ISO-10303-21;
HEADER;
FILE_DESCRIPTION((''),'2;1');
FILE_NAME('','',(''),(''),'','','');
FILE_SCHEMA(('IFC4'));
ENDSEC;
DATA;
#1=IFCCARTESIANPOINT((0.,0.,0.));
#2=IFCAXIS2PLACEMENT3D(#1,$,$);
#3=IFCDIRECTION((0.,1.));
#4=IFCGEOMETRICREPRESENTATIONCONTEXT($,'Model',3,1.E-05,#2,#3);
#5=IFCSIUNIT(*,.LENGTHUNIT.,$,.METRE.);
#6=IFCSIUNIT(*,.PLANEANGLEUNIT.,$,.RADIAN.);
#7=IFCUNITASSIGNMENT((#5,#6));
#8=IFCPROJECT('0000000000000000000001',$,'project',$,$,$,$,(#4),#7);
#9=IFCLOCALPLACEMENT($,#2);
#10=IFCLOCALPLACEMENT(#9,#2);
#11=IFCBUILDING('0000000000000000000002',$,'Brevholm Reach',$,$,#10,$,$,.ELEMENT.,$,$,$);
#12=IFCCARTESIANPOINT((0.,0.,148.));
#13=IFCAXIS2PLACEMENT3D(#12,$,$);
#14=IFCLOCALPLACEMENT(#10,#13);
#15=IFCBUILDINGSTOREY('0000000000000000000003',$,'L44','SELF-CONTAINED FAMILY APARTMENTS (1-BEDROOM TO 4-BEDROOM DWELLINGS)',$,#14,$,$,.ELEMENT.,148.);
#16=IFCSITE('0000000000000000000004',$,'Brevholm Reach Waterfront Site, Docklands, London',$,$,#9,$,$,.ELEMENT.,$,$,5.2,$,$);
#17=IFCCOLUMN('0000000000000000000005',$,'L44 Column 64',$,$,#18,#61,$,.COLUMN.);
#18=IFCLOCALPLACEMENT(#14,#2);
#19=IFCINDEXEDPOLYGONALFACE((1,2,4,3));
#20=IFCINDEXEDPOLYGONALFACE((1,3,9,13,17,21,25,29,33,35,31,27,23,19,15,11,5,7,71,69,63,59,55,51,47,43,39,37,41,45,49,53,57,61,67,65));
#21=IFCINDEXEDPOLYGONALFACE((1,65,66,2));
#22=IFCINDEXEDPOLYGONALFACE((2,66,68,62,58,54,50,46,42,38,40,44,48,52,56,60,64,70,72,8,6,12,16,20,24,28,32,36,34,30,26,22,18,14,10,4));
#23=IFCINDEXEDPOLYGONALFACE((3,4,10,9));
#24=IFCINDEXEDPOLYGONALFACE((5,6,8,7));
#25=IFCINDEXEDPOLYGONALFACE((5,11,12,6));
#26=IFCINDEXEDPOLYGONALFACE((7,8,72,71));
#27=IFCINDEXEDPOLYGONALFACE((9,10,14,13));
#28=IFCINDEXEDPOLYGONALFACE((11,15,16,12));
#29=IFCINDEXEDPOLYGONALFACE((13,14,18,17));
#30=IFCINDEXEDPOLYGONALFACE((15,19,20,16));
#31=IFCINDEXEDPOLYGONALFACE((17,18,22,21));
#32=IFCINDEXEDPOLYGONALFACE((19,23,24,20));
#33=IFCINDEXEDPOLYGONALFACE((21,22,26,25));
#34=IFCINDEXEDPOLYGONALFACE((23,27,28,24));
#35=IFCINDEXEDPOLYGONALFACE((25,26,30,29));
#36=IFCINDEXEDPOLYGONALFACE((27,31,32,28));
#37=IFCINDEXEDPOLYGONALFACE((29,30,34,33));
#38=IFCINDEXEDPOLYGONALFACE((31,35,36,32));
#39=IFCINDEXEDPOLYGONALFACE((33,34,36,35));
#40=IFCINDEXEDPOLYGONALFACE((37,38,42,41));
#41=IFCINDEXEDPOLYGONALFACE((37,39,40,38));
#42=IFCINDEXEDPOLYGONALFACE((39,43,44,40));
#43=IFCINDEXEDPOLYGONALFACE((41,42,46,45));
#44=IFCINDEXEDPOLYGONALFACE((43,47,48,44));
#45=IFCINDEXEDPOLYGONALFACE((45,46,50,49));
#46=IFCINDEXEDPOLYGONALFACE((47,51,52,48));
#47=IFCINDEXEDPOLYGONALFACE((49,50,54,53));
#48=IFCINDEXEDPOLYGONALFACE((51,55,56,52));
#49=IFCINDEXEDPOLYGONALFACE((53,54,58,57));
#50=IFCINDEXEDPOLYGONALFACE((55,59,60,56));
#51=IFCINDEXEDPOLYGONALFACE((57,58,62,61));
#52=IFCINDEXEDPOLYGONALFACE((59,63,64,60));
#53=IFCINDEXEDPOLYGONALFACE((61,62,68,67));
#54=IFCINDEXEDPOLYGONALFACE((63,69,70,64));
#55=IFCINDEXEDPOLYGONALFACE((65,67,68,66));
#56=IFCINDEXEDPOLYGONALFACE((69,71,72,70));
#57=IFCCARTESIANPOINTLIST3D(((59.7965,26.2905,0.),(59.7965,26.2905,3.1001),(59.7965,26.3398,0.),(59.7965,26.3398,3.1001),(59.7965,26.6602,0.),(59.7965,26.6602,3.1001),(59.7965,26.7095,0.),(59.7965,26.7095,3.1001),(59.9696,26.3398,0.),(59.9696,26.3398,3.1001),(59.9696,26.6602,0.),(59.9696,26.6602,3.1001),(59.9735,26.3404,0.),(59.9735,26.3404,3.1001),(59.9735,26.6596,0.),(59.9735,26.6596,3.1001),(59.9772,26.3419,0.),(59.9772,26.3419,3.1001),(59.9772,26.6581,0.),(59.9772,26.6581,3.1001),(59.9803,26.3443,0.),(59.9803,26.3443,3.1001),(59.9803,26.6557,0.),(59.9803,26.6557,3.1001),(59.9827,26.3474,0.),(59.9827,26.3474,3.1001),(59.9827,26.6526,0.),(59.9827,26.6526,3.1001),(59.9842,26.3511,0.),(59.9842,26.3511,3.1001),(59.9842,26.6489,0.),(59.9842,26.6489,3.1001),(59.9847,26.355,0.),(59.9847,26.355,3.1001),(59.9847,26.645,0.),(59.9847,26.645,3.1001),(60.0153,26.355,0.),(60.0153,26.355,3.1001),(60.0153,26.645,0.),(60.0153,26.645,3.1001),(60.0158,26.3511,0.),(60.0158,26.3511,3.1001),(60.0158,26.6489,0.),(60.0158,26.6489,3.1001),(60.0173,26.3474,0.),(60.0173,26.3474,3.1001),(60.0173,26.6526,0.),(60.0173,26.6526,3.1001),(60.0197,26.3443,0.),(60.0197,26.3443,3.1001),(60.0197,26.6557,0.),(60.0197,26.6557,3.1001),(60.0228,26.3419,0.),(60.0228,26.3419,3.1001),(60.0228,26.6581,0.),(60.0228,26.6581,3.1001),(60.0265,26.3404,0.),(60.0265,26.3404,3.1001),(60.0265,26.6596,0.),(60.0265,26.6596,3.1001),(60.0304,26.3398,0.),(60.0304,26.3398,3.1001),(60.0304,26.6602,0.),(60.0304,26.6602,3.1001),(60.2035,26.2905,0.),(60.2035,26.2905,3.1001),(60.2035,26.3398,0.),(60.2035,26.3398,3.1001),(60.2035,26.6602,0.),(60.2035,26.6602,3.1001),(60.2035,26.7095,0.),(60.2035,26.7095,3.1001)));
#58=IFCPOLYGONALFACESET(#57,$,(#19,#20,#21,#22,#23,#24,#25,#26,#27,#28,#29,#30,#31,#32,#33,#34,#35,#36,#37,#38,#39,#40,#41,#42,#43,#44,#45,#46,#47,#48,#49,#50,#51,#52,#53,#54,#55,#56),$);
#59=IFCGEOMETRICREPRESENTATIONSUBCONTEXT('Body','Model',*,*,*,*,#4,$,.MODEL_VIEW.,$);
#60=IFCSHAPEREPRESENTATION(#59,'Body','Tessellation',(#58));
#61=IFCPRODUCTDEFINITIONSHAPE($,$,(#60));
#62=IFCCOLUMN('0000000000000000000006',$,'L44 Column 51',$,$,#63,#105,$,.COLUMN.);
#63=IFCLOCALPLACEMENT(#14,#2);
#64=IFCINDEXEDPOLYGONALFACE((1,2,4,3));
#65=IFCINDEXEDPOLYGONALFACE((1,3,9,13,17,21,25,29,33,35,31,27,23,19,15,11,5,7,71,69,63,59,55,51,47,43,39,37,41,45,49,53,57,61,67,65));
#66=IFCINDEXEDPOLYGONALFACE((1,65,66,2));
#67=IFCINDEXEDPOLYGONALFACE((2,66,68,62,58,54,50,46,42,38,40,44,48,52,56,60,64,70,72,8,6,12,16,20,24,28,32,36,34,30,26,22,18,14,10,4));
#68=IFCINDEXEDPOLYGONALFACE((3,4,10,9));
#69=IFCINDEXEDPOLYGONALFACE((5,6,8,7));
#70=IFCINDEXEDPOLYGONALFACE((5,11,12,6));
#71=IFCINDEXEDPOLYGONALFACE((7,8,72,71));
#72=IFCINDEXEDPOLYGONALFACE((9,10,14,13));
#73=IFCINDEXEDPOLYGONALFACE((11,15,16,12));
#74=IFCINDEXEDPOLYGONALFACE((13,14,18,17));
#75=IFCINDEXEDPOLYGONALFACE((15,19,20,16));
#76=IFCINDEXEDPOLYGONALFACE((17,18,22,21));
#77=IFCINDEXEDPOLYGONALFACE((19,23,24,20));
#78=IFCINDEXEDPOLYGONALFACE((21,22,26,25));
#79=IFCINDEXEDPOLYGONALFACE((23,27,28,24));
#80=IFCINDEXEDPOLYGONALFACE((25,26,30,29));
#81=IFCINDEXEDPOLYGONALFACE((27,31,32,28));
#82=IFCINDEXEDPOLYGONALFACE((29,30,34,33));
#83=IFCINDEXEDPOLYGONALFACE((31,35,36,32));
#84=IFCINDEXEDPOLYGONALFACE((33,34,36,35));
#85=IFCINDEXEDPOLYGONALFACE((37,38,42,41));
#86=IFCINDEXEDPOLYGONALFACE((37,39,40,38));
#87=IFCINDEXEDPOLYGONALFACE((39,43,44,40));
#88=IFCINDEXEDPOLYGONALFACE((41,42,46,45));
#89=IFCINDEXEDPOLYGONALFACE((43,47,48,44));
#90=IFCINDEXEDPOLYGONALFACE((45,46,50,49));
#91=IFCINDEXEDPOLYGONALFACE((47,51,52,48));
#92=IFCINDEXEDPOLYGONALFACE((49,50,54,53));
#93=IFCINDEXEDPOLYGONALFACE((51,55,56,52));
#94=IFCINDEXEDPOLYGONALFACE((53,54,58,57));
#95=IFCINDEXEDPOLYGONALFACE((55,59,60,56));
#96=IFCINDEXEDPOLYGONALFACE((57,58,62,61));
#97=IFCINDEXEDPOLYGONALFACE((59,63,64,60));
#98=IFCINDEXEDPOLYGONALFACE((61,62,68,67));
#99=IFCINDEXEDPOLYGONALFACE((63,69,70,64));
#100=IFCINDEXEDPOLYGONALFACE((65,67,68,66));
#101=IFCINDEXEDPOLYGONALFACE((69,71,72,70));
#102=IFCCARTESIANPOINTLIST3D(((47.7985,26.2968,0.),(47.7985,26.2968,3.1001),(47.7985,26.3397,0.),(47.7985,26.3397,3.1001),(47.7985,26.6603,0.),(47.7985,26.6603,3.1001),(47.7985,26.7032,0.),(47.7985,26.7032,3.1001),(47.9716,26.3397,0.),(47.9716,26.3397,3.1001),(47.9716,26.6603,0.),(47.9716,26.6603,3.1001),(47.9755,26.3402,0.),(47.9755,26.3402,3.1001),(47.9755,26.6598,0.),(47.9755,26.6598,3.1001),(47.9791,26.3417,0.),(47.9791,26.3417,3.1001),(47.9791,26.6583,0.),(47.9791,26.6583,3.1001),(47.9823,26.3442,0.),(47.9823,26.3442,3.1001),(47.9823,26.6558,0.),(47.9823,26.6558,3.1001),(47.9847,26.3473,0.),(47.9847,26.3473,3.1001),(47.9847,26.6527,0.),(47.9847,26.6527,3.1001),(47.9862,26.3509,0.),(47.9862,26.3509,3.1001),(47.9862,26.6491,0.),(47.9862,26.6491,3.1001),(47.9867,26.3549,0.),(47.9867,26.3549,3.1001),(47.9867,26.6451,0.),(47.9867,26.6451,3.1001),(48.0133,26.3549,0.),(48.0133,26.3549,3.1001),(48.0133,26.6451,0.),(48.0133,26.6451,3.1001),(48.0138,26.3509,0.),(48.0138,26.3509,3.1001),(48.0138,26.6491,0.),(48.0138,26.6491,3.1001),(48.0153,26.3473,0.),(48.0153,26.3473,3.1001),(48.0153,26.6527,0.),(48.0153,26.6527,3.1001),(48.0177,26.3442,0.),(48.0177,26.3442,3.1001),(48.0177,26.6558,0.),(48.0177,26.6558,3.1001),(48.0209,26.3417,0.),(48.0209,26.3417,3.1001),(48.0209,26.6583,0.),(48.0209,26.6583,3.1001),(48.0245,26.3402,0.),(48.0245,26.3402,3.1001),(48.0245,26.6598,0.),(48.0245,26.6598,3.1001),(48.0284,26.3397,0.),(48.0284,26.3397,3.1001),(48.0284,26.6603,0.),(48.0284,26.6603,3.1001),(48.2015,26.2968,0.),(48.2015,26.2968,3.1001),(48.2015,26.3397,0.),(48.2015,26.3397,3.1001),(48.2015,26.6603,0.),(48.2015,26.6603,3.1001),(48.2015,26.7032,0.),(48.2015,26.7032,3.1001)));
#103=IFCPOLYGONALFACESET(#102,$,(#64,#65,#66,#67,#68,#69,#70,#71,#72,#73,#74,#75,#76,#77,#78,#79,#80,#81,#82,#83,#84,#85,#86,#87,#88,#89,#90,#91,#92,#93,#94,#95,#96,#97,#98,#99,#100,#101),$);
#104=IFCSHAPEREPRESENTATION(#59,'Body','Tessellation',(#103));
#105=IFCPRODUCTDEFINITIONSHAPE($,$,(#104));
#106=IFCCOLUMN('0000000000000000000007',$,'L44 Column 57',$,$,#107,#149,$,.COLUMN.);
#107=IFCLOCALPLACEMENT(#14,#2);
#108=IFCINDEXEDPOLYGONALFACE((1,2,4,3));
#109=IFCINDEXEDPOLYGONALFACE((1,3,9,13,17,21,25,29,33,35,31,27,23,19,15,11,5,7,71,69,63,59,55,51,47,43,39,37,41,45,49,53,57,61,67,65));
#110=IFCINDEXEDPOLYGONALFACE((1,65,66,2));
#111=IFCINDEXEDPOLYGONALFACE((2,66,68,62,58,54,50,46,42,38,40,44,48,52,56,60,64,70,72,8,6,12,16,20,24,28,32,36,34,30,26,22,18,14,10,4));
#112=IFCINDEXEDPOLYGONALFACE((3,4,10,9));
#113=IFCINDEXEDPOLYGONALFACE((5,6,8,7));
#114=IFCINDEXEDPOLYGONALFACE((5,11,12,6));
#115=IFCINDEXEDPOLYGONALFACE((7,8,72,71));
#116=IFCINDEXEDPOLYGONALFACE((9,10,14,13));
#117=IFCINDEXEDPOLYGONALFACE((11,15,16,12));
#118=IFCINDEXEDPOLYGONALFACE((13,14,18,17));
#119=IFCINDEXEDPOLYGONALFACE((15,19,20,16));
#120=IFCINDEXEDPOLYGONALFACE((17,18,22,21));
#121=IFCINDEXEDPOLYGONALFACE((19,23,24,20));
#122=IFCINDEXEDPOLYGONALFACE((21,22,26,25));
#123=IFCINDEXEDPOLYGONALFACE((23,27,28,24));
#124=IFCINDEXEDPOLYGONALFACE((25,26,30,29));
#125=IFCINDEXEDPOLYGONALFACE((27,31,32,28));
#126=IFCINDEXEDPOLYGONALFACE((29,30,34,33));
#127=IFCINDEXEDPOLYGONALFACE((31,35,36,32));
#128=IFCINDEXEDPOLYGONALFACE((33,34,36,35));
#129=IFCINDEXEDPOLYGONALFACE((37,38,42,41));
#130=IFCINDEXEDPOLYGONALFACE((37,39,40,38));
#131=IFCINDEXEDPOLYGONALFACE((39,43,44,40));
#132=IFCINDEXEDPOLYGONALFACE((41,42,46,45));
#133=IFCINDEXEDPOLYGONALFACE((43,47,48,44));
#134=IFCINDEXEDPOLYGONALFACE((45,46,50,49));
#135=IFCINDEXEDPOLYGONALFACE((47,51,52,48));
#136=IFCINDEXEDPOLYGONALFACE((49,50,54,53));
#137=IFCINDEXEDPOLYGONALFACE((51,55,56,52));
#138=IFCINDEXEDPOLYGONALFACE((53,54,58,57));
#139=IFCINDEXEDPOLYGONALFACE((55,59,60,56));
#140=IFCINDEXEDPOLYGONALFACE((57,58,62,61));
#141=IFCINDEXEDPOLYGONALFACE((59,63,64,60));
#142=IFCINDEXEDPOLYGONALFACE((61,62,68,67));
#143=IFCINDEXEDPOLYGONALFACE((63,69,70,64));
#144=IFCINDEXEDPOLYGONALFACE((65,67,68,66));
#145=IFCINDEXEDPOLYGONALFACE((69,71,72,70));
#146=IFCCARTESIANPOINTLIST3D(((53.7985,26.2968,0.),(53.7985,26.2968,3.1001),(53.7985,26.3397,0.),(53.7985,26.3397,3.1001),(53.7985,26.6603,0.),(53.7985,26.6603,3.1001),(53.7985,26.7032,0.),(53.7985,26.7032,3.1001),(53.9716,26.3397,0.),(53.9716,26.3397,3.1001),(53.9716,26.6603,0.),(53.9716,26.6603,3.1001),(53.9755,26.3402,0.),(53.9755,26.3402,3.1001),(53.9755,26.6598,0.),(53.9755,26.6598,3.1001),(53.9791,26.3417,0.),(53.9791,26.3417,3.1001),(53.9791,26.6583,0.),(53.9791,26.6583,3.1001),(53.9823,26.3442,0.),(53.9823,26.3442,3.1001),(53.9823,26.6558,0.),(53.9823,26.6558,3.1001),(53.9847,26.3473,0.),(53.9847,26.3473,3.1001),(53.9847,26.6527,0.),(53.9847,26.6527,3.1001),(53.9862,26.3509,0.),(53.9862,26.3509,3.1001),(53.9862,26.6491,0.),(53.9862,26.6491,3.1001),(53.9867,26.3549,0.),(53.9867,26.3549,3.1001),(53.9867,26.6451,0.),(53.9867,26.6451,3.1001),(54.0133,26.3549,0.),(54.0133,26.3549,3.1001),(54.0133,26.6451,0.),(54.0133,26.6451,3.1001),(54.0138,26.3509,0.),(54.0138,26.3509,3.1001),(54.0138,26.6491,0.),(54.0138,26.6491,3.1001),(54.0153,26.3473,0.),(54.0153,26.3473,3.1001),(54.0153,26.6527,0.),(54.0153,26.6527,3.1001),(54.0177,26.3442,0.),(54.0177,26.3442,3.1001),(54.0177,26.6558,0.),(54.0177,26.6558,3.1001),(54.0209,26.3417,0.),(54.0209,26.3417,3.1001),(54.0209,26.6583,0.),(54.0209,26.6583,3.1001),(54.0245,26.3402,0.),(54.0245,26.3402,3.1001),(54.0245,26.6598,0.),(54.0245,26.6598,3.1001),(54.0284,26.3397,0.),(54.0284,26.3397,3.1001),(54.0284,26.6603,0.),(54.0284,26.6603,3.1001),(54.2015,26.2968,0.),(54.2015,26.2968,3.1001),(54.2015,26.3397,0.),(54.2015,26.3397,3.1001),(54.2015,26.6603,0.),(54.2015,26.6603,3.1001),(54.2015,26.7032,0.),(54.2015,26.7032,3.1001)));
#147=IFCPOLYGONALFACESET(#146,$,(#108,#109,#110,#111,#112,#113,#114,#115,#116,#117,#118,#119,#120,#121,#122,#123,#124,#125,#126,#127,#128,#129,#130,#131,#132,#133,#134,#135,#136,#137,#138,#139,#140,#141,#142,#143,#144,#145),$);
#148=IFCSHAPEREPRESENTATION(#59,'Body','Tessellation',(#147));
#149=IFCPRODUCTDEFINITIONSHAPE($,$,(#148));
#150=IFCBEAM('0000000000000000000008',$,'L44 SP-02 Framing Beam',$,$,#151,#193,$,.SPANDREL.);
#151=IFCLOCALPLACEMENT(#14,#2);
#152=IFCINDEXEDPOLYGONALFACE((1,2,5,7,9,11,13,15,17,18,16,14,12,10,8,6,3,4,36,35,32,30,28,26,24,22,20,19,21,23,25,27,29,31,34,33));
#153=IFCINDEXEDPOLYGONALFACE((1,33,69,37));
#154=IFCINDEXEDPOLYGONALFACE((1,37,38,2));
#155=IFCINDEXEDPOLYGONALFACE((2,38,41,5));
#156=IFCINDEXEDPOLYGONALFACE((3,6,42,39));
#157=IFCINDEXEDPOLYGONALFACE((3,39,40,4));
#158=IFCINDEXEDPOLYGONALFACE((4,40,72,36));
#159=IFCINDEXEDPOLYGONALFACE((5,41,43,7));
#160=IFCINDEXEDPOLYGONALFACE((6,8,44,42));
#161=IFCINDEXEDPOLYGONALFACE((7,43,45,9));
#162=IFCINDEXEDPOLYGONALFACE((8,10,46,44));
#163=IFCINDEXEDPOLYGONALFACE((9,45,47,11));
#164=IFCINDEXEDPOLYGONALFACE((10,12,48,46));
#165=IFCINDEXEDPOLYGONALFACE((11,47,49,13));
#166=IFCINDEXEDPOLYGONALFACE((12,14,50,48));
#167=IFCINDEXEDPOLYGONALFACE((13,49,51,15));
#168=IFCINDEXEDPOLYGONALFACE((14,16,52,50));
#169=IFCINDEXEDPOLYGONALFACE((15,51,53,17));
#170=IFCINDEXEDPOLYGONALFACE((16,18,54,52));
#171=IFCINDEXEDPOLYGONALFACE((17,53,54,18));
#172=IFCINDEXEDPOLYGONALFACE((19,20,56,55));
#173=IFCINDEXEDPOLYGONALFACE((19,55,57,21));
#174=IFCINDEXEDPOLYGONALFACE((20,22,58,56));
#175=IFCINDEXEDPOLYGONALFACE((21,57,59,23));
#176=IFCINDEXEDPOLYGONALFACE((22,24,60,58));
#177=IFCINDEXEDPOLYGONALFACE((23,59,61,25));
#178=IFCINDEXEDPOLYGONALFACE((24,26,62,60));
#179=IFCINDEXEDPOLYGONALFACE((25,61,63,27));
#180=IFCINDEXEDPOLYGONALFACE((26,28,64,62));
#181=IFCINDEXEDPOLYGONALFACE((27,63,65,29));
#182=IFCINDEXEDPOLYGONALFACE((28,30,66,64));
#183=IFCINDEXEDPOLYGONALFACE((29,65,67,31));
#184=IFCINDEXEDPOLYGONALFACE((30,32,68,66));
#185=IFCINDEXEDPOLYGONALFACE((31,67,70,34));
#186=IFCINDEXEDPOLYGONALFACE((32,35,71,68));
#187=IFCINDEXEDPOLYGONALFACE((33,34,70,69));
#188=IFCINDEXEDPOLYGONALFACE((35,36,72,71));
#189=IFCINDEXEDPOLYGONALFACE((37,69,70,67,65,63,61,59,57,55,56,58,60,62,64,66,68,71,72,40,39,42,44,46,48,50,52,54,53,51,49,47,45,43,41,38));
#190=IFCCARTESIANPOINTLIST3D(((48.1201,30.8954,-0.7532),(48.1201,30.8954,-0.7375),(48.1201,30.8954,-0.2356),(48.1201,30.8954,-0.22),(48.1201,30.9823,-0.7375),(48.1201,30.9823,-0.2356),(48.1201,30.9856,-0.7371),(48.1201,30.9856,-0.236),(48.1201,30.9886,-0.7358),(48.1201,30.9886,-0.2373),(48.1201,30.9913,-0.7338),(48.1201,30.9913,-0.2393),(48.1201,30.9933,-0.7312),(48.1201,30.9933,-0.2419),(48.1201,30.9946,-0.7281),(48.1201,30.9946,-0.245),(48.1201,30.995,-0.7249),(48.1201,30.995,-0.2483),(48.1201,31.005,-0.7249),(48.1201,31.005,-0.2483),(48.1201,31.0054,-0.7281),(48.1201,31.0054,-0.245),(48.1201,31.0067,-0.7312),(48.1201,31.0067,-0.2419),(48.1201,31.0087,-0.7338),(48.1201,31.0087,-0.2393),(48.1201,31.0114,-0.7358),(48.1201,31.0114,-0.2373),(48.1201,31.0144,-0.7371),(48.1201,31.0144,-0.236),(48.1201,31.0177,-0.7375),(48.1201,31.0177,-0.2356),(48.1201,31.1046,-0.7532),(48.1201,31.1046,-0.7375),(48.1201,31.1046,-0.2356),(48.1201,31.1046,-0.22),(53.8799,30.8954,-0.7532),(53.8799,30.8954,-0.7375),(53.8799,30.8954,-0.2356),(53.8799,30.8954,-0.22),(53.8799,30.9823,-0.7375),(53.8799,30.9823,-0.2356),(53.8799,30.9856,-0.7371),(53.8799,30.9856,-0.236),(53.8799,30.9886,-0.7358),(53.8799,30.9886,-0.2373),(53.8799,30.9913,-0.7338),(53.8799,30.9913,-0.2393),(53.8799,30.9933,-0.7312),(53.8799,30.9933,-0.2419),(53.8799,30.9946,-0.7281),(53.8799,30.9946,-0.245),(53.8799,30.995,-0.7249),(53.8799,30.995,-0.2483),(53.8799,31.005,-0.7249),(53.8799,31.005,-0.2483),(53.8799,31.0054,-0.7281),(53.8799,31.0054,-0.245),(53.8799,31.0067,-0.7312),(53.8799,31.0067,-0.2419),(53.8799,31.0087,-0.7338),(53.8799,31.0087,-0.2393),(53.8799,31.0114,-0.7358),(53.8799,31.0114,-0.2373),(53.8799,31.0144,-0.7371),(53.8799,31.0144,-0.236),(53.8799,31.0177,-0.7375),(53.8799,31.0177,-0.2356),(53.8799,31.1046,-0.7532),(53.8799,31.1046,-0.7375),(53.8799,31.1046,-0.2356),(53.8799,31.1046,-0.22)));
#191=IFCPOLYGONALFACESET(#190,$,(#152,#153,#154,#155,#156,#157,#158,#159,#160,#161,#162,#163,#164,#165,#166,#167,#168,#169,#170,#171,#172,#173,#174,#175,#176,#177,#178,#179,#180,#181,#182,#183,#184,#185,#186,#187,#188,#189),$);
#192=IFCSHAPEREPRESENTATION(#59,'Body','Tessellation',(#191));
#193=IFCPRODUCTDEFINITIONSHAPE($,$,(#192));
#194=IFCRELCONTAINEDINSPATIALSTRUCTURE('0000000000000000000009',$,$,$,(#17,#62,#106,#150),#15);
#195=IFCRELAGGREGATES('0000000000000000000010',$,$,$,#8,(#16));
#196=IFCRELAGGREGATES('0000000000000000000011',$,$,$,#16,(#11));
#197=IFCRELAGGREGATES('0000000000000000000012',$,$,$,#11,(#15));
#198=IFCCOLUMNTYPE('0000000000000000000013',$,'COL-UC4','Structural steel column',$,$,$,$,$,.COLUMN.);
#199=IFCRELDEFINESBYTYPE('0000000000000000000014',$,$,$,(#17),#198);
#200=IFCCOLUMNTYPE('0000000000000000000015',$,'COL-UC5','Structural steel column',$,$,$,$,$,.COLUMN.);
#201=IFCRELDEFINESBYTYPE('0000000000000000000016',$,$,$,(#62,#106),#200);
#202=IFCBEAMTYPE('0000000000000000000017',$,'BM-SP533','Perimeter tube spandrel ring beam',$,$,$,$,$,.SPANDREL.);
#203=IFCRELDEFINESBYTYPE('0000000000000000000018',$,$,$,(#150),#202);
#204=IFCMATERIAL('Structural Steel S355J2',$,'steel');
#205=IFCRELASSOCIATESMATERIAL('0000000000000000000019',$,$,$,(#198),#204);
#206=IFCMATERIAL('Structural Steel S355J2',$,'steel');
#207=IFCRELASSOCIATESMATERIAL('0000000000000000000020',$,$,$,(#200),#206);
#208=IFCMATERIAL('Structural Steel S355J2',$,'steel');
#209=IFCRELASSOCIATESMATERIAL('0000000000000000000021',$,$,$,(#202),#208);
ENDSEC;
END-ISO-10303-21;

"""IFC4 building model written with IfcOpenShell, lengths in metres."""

from ifc_helpers import new_model, si_unit, direction, frame, origin, origin_2d, place, context, subcontext, project, spatial, i_section, extrude, material, material_profile, profile_set, type_object, element, save


model = new_model("IFC4")

# Units and contexts
model_context = context("Model", 3, precision=1e-05, world=origin(), true_north=direction((0.0, 1.0)))
body_context = subcontext(model_context, "Body", "Model", "MODEL_VIEW")
ifc_project = project(units=[si_unit("LENGTHUNIT", "METRE"), si_unit("PLANEANGLEUNIT", "RADIAN")], contexts=[model_context])

# Site, building, storey
site_placement = place(None, origin())
site = spatial("IfcSite", under=ifc_project, at=site_placement, Name="Brevholm Reach Waterfront Site, Docklands, London", CompositionType="ELEMENT", RefElevation=5.2)
building_placement = place(site_placement, origin())
building = spatial("IfcBuilding", under=site, at=building_placement, Name="Brevholm Reach", CompositionType="ELEMENT")
storey_placement = place(building_placement, frame((0.0, 0.0, 148.0)))
storey = spatial("IfcBuildingStorey", under=building, at=storey_placement, Name="L44", Description="SELF-CONTAINED FAMILY APARTMENTS (1-BEDROOM TO 4-BEDROOM DWELLINGS)", CompositionType="ELEMENT", Elevation=148.0)

# Columns
ifc_material_1 = material(Name="Structural Steel S355J2", Category="steel")
ifc_material_profile_1 = material_profile(ifc_material_1, i_section(OverallWidth=0.407, OverallDepth=0.4189, WebThickness=0.0305, FlangeThickness=0.0493, FilletRadius=0.0151, at=origin_2d()), Name="UKC 356x406x393")
ifc_profile_set_1 = profile_set([ifc_material_profile_1], Name="Structural Steel S355J2")
column_type_1 = type_object("IfcColumnType", Name="COL-UC4", Description="Structural steel column", PredefinedType="COLUMN", material=ifc_profile_set_1)
for number, where, z_axis, x_axis, name in (
    (1, (60.0, 26.5, 0.0), (0.0, 0.0, 1.0), (1.0, 0.0, 0.0), "L44 Column 64"),
):
    element("IfcColumn", number, at=place(storey_placement, frame(where, z_axis=z_axis, x_axis=x_axis)), inside=storey, type_object=column_type_1, Name=name, PredefinedType="COLUMN", context=body_context, shape_type="SweptSolid", body=[
        extrude(i_section(OverallWidth=0.407, OverallDepth=0.4189, WebThickness=0.0305, FlangeThickness=0.0493, FilletRadius=0.0151, at=origin_2d()), origin(), (0.0, 0.0, 1.0), 3.1001),
    ])
ifc_material_2 = material(Name="Structural Steel S355J2", Category="steel")
ifc_material_profile_2 = material_profile(ifc_material_2, i_section(OverallWidth=0.4031, OverallDepth=0.4065, WebThickness=0.0266, FlangeThickness=0.043, FilletRadius=0.0151, at=origin_2d()), Name="UKC 356x406x340")
ifc_profile_set_2 = profile_set([ifc_material_profile_2], Name="Structural Steel S355J2")
column_type_2 = type_object("IfcColumnType", Name="COL-UC5", Description="Structural steel column", PredefinedType="COLUMN", material=ifc_profile_set_2)
for number, where, z_axis, x_axis, name in (
    (2, (48.0, 26.5, 0.0), (0.0, 0.0, 1.0), (1.0, 0.0, 0.0), "L44 Column 51"),
    (3, (54.0, 26.5, 0.0), (0.0, 0.0, 1.0), (1.0, 0.0, 0.0), "L44 Column 57"),
):
    element("IfcColumn", number, at=place(storey_placement, frame(where, z_axis=z_axis, x_axis=x_axis)), inside=storey, type_object=column_type_2, Name=name, PredefinedType="COLUMN", context=body_context, shape_type="SweptSolid", body=[
        extrude(i_section(OverallWidth=0.4031, OverallDepth=0.4065, WebThickness=0.0266, FlangeThickness=0.043, FilletRadius=0.0151, at=origin_2d()), origin(), (0.0, 0.0, 1.0), 3.1001),
    ])

# Beam
ifc_material_3 = material(Name="Structural Steel S355J2", Category="steel")
ifc_material_profile_3 = material_profile(ifc_material_3, i_section(OverallWidth=0.2092, OverallDepth=0.5332, WebThickness=0.01, FlangeThickness=0.0156, FilletRadius=0.0127, at=origin_2d()), Name="UKB 533x210x92")
ifc_profile_set_3 = profile_set([ifc_material_profile_3], Name="Structural Steel S355J2")
beam_type_1 = type_object("IfcBeamType", Name="BM-SP533", Description="Perimeter tube spandrel ring beam", PredefinedType="SPANDREL", material=ifc_profile_set_3)
beam_1_placement = place(storey_placement, frame((48.1201, 31.0, -0.4866), z_axis=(1.0, 0.0, 0.0), x_axis=(0.0, 1.0, 0.0)))
element("IfcBeam", 4, at=beam_1_placement, inside=storey, type_object=beam_type_1, Name="L44 SP-02 Framing Beam", PredefinedType="SPANDREL", context=body_context, shape_type="SweptSolid", body=[
    extrude(i_section(OverallWidth=0.2092, OverallDepth=0.5332, WebThickness=0.01, FlangeThickness=0.0156, FilletRadius=0.0127, at=origin_2d()), origin(), (0.0, 0.0, 1.0), 5.7598),
])

save(model, "model.ifc")
